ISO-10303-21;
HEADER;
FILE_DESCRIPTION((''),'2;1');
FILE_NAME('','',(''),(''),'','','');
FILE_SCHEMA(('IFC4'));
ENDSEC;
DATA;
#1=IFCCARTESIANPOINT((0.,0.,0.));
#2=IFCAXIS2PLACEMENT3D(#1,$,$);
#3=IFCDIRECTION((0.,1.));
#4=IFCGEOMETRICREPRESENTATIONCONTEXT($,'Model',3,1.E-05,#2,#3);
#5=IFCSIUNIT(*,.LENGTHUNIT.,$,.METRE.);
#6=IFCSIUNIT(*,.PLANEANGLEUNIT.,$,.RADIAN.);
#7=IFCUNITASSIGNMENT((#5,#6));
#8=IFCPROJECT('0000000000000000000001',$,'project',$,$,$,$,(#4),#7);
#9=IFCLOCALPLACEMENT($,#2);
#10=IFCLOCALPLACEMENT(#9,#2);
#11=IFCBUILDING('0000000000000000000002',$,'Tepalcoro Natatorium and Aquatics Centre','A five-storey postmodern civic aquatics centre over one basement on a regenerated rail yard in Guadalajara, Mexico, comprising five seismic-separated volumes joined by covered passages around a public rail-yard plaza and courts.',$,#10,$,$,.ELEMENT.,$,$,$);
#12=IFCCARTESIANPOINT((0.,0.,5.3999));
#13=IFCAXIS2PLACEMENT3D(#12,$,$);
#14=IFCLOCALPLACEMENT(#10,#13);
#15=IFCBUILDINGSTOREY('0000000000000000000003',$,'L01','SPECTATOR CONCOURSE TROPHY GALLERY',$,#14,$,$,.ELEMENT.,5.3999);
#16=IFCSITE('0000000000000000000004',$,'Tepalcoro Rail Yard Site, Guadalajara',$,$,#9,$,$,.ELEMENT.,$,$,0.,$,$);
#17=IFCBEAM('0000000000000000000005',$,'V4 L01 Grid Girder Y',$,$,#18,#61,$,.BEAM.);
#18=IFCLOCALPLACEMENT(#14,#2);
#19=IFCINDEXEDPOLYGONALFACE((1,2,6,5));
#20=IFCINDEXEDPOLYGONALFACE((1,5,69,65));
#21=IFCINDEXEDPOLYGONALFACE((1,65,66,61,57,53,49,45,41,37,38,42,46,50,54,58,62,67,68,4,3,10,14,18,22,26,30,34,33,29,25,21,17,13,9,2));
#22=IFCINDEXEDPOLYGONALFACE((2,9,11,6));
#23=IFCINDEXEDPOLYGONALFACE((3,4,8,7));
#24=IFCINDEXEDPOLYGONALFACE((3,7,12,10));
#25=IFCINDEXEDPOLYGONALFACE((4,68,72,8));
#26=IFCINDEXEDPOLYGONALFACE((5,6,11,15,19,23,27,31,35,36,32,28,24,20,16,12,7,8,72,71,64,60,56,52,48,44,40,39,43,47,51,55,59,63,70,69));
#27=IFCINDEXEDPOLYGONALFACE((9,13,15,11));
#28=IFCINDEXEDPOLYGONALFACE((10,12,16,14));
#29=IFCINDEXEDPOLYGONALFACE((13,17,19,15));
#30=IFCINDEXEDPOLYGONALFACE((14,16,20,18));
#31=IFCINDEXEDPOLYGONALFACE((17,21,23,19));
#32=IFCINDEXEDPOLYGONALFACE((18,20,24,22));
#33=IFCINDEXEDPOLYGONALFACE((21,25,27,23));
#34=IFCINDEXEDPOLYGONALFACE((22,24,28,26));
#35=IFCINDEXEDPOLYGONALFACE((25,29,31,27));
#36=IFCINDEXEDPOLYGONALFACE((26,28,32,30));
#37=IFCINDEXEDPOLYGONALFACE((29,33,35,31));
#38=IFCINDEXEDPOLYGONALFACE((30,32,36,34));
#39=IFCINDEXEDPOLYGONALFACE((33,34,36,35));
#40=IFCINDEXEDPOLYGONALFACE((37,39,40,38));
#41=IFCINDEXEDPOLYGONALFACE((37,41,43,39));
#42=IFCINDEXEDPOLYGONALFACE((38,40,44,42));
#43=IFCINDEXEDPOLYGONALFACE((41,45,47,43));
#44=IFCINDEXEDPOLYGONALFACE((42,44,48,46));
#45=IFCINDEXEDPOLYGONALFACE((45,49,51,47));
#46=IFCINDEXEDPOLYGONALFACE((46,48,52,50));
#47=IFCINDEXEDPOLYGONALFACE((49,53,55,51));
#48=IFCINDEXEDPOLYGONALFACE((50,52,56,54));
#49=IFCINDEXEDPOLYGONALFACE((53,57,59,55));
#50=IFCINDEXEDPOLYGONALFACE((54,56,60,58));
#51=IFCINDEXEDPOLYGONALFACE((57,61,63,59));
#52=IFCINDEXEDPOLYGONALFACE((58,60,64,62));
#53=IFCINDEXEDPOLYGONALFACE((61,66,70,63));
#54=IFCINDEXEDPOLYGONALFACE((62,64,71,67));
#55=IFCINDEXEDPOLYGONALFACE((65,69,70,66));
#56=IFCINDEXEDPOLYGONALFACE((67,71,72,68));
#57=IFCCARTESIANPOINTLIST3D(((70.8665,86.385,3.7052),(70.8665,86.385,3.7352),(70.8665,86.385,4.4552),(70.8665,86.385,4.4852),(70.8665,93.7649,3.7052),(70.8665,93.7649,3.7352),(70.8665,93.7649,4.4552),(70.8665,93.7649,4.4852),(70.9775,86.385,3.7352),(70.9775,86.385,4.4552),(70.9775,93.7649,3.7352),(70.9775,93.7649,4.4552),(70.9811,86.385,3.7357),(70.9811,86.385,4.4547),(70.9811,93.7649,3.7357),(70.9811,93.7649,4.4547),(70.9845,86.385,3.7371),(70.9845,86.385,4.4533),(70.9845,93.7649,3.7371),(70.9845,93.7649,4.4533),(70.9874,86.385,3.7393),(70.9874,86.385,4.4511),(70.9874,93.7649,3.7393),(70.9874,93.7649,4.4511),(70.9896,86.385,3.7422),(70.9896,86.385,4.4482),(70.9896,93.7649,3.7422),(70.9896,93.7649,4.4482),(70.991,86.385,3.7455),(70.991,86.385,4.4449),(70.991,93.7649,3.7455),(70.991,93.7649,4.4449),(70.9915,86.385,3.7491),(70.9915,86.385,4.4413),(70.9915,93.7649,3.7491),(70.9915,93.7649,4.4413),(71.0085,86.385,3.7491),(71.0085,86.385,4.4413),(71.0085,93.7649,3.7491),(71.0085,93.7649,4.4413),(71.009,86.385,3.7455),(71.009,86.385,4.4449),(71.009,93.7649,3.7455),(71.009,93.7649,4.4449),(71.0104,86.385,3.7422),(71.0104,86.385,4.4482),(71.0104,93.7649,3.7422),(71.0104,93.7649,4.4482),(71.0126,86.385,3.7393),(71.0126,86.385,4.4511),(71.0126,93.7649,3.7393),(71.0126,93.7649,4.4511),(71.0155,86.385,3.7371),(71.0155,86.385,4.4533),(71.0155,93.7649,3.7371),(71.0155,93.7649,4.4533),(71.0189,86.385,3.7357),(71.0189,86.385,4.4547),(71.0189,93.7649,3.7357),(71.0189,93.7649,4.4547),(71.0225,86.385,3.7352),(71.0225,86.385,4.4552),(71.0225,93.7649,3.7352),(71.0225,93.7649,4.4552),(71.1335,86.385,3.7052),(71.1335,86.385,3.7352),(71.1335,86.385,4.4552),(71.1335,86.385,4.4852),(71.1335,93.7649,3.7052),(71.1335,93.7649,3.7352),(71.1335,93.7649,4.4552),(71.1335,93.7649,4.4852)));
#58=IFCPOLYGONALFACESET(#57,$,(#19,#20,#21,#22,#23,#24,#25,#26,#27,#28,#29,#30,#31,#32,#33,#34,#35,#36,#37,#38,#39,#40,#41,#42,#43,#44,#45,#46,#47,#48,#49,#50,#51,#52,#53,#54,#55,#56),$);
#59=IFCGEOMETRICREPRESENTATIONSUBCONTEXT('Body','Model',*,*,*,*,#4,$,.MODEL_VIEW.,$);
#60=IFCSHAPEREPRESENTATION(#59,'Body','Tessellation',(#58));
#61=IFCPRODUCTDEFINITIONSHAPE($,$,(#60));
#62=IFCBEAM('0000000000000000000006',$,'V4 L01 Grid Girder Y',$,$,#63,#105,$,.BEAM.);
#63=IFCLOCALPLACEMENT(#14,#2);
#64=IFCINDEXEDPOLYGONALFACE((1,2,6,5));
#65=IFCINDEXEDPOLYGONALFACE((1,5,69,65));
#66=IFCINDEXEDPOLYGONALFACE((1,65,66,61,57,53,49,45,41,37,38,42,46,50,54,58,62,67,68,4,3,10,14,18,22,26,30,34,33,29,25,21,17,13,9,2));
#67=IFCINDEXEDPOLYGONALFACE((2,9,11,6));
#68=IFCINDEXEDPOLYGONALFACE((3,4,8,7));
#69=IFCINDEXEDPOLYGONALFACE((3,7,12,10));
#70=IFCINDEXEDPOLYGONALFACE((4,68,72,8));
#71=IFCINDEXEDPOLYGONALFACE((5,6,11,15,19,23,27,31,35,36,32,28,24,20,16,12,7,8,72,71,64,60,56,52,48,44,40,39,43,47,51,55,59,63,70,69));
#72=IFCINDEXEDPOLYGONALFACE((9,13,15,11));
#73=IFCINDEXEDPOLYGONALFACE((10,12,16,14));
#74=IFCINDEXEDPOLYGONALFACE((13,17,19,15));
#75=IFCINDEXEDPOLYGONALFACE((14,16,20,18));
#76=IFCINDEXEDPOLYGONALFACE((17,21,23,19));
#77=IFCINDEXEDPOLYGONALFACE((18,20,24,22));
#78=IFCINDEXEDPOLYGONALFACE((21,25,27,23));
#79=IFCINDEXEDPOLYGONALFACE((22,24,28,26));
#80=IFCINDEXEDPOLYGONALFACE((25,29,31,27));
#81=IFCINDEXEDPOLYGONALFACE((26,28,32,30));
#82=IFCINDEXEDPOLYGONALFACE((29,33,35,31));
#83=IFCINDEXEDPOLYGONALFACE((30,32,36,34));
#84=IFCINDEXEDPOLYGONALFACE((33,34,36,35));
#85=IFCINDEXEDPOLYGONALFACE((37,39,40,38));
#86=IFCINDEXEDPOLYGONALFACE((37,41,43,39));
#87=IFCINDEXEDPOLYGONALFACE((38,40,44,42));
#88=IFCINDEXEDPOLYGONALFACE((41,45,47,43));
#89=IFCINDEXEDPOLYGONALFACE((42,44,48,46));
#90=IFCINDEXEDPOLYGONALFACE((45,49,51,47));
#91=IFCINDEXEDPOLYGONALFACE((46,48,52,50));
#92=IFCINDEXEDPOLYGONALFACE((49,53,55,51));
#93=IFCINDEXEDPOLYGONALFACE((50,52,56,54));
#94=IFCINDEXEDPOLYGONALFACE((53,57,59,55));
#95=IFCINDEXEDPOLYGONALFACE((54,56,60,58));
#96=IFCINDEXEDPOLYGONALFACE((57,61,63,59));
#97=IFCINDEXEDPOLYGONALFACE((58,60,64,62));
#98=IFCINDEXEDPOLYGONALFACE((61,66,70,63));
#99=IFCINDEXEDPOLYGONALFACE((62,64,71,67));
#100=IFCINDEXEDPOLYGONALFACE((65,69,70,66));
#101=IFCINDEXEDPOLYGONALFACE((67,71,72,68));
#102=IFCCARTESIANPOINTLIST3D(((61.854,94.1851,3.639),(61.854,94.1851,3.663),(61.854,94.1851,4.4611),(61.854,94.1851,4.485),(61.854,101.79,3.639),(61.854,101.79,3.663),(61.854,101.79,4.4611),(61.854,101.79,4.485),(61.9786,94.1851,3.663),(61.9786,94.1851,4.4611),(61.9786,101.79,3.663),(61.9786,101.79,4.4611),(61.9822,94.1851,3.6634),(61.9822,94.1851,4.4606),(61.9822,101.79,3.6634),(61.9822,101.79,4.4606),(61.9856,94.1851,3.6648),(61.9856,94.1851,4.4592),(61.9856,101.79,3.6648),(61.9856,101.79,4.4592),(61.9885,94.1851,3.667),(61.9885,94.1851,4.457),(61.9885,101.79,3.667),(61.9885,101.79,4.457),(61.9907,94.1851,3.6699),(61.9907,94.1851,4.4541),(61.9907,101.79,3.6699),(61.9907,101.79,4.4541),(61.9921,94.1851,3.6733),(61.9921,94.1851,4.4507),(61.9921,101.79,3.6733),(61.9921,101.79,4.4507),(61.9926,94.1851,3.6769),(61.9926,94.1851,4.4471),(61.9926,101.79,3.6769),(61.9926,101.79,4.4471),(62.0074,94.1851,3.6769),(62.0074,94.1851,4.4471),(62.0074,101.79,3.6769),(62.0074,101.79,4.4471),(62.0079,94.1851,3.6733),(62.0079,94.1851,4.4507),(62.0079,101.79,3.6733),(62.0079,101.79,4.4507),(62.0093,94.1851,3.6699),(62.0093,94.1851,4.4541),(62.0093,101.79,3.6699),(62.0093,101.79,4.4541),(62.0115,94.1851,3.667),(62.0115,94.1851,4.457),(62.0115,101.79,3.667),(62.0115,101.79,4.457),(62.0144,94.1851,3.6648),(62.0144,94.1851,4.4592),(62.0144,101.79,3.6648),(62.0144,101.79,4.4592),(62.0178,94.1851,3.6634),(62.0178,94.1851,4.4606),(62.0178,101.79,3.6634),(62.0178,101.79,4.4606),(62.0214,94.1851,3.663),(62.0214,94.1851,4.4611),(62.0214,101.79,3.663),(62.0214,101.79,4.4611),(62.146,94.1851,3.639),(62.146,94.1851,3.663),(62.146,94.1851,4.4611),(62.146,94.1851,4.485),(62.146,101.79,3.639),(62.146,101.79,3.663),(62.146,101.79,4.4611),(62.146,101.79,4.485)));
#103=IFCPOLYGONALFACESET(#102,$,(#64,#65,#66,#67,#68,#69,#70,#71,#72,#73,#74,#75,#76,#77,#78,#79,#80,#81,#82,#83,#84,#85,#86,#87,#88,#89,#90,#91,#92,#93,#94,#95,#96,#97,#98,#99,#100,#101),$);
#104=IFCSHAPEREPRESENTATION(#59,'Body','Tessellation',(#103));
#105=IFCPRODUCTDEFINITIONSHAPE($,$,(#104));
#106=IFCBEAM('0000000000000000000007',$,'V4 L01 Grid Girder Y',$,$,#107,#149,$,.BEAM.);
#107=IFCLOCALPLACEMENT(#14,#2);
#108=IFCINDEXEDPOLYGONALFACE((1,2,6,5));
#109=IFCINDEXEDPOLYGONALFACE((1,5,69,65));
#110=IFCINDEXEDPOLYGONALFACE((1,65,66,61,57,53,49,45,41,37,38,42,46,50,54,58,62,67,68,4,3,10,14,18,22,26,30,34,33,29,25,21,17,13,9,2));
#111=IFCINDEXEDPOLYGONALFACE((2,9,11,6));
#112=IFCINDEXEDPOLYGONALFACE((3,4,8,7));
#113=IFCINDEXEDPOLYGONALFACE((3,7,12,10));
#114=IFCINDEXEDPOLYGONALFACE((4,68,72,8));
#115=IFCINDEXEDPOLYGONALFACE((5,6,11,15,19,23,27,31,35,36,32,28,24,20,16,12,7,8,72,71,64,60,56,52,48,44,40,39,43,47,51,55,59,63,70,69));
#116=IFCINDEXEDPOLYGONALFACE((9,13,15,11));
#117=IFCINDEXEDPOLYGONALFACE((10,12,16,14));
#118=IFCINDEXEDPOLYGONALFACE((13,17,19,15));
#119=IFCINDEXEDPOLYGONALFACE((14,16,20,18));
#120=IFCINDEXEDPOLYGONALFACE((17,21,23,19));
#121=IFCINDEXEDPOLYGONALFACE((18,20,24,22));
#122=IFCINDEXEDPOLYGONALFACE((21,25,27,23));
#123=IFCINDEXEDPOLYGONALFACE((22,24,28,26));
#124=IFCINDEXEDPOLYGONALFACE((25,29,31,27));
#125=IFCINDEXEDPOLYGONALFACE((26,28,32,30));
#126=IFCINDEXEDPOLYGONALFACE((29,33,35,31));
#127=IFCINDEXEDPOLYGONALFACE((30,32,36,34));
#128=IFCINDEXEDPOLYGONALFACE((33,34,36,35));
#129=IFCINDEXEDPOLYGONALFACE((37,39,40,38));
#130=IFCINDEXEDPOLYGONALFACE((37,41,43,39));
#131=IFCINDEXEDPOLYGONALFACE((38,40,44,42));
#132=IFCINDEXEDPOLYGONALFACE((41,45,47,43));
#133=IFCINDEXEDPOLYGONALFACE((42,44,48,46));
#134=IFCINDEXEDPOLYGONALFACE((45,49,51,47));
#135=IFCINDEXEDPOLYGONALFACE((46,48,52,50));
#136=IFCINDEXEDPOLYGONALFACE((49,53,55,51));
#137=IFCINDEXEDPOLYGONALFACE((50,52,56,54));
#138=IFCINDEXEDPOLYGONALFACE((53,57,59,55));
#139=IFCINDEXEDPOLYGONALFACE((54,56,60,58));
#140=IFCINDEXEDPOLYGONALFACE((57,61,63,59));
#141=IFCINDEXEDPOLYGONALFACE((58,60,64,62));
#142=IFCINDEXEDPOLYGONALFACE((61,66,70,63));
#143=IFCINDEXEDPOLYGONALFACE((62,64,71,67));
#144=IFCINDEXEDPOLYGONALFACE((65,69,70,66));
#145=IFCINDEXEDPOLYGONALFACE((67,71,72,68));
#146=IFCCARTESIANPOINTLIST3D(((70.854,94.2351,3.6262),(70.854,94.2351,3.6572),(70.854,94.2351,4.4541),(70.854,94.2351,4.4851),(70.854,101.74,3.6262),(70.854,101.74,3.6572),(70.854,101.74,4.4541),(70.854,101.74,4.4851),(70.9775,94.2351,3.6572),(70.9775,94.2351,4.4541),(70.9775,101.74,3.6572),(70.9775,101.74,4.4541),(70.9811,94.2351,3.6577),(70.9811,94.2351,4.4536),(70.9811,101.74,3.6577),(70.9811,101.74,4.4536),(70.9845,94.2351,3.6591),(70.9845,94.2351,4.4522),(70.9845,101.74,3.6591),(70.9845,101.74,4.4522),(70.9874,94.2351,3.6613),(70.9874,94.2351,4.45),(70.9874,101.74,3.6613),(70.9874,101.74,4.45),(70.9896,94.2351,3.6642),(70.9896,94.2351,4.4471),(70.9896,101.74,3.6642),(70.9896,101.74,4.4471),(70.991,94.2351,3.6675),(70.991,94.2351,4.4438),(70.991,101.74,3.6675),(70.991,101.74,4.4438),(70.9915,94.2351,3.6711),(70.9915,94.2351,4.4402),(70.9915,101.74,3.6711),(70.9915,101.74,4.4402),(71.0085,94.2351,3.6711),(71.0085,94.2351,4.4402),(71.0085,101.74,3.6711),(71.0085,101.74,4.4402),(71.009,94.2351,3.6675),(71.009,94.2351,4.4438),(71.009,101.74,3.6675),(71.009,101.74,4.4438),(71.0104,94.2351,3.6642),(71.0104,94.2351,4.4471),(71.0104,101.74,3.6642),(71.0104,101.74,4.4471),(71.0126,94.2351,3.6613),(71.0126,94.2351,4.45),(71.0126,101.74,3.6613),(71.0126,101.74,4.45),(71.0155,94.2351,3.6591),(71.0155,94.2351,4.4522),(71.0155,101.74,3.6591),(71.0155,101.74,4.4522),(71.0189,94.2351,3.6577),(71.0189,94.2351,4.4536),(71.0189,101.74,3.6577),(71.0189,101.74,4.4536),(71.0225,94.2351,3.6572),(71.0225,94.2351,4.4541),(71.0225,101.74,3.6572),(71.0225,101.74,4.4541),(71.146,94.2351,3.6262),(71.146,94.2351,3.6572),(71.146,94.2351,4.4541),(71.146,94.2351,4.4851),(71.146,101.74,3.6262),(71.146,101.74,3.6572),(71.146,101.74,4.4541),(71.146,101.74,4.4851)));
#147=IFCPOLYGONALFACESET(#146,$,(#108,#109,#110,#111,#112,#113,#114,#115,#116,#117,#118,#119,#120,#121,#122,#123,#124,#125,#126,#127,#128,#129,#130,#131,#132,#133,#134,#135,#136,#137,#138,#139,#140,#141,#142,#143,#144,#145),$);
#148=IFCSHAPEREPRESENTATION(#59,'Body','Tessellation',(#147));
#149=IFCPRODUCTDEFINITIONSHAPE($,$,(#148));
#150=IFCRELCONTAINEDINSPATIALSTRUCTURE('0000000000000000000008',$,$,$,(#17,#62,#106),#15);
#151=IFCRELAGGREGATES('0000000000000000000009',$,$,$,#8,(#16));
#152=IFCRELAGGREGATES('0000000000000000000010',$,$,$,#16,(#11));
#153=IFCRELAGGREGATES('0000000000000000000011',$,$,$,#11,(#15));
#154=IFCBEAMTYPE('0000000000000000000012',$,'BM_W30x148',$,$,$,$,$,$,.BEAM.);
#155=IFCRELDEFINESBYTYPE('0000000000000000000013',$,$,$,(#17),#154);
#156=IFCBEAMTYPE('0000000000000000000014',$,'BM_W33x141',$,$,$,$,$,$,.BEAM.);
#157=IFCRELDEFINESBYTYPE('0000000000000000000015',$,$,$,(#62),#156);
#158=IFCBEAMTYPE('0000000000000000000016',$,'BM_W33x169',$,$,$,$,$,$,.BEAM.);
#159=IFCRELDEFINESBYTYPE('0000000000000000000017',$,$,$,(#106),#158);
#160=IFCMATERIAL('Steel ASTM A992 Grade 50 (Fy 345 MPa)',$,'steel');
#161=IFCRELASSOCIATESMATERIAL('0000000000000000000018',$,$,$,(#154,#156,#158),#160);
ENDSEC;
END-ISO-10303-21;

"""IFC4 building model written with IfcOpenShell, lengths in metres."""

from ifc_helpers import new_model, si_unit, direction, frame, origin, origin_2d, place, context, subcontext, project, spatial, i_section, extrude, material, material_profile, profile_set, type_object, element, save


model = new_model("IFC4")

# Units and contexts
model_context = context("Model", 3, precision=1e-05, world=origin(), true_north=direction((0.0, 1.0)))
body_context = subcontext(model_context, "Body", "Model", "MODEL_VIEW")
ifc_project = project(units=[si_unit("LENGTHUNIT", "METRE"), si_unit("PLANEANGLEUNIT", "RADIAN")], contexts=[model_context])

# Site, building, storey
site_placement = place(None, origin())
site = spatial("IfcSite", under=ifc_project, at=site_placement, Name="Tepalcoro Rail Yard Site, Guadalajara", CompositionType="ELEMENT", RefElevation=0.0)
building_placement = place(site_placement, origin())
building = spatial("IfcBuilding", under=site, at=building_placement, Name="Tepalcoro Natatorium and Aquatics Centre", Description="A five-storey postmodern civic aquatics centre over one basement on a regenerated rail yard in Guadalajara, Mexico, comprising five seismic-separated volumes joined by covered passages around a public rail-yard plaza and courts.", CompositionType="ELEMENT")
storey_placement = place(building_placement, frame((0.0, 0.0, 5.3999)))
storey = spatial("IfcBuildingStorey", under=building, at=storey_placement, Name="L01", Description="SPECTATOR CONCOURSE TROPHY GALLERY", CompositionType="ELEMENT", Elevation=5.3999)

# Beams
ifc_material_1 = material(Name="Steel ASTM A992 Grade 50 (Fy 345 MPa)", Category="steel")
ifc_material_profile_1 = material_profile(ifc_material_1, i_section(OverallWidth=0.2671, OverallDepth=0.78, WebThickness=0.0171, FlangeThickness=0.03, FilletRadius=0.0139, at=origin_2d()), Name="W30X148")
ifc_profile_set_1 = profile_set([ifc_material_profile_1], Name="Steel ASTM A992 Grade 50 (Fy 345 MPa)")
beam_type_1 = type_object("IfcBeamType", Name="BM_W30x148", PredefinedType="BEAM", material=ifc_profile_set_1)
beam_1_placement = place(storey_placement, frame((71.0, 86.385, 4.0952), z_axis=(0.0, 1.0, 0.0), x_axis=(-1.0, 0.0, 0.0)))
element("IfcBeam", 1, at=beam_1_placement, inside=storey, type_object=beam_type_1, Name="V4 L01 Grid Girder Y", PredefinedType="BEAM", context=body_context, shape_type="SweptSolid", body=[
    extrude(i_section(OverallWidth=0.2671, OverallDepth=0.78, WebThickness=0.0171, FlangeThickness=0.03, FilletRadius=0.0139, at=origin_2d()), origin(), (0.0, 0.0, 1.0), 7.3799),
])
ifc_material_profile_2 = material_profile(ifc_material_1, i_section(OverallWidth=0.292, OverallDepth=0.8459, WebThickness=0.0149, FlangeThickness=0.0239, FilletRadius=0.0139, at=origin_2d()), Name="W33X141")
ifc_profile_set_2 = profile_set([ifc_material_profile_2], Name="Steel ASTM A992 Grade 50 (Fy 345 MPa)")
beam_type_2 = type_object("IfcBeamType", Name="BM_W33x141", PredefinedType="BEAM", material=ifc_profile_set_2)
beam_2_placement = place(storey_placement, frame((62.0, 94.1851, 4.062), z_axis=(0.0, 1.0, 0.0), x_axis=(-1.0, 0.0, 0.0)))
element("IfcBeam", 2, at=beam_2_placement, inside=storey, type_object=beam_type_2, Name="V4 L01 Grid Girder Y", PredefinedType="BEAM", context=body_context, shape_type="SweptSolid", body=[
    extrude(i_section(OverallWidth=0.292, OverallDepth=0.8459, WebThickness=0.0149, FlangeThickness=0.0239, FilletRadius=0.0139, at=origin_2d()), origin(), (0.0, 0.0, 1.0), 7.605),
])
ifc_material_profile_3 = material_profile(ifc_material_1, i_section(OverallWidth=0.292, OverallDepth=0.8589, WebThickness=0.0171, FlangeThickness=0.031, FilletRadius=0.0139, at=origin_2d()), Name="W33X169")
ifc_profile_set_3 = profile_set([ifc_material_profile_3], Name="Steel ASTM A992 Grade 50 (Fy 345 MPa)")
beam_type_3 = type_object("IfcBeamType", Name="BM_W33x169", PredefinedType="BEAM", material=ifc_profile_set_3)
beam_3_placement = place(storey_placement, frame((71.0, 94.2351, 4.0557), z_axis=(0.0, 1.0, 0.0), x_axis=(-1.0, 0.0, 0.0)))
element("IfcBeam", 3, at=beam_3_placement, inside=storey, type_object=beam_type_3, Name="V4 L01 Grid Girder Y", PredefinedType="BEAM", context=body_context, shape_type="SweptSolid", body=[
    extrude(i_section(OverallWidth=0.292, OverallDepth=0.8589, WebThickness=0.0171, FlangeThickness=0.031, FilletRadius=0.0139, at=origin_2d()), origin(), (0.0, 0.0, 1.0), 7.5049),
])

save(model, "model.ifc")
